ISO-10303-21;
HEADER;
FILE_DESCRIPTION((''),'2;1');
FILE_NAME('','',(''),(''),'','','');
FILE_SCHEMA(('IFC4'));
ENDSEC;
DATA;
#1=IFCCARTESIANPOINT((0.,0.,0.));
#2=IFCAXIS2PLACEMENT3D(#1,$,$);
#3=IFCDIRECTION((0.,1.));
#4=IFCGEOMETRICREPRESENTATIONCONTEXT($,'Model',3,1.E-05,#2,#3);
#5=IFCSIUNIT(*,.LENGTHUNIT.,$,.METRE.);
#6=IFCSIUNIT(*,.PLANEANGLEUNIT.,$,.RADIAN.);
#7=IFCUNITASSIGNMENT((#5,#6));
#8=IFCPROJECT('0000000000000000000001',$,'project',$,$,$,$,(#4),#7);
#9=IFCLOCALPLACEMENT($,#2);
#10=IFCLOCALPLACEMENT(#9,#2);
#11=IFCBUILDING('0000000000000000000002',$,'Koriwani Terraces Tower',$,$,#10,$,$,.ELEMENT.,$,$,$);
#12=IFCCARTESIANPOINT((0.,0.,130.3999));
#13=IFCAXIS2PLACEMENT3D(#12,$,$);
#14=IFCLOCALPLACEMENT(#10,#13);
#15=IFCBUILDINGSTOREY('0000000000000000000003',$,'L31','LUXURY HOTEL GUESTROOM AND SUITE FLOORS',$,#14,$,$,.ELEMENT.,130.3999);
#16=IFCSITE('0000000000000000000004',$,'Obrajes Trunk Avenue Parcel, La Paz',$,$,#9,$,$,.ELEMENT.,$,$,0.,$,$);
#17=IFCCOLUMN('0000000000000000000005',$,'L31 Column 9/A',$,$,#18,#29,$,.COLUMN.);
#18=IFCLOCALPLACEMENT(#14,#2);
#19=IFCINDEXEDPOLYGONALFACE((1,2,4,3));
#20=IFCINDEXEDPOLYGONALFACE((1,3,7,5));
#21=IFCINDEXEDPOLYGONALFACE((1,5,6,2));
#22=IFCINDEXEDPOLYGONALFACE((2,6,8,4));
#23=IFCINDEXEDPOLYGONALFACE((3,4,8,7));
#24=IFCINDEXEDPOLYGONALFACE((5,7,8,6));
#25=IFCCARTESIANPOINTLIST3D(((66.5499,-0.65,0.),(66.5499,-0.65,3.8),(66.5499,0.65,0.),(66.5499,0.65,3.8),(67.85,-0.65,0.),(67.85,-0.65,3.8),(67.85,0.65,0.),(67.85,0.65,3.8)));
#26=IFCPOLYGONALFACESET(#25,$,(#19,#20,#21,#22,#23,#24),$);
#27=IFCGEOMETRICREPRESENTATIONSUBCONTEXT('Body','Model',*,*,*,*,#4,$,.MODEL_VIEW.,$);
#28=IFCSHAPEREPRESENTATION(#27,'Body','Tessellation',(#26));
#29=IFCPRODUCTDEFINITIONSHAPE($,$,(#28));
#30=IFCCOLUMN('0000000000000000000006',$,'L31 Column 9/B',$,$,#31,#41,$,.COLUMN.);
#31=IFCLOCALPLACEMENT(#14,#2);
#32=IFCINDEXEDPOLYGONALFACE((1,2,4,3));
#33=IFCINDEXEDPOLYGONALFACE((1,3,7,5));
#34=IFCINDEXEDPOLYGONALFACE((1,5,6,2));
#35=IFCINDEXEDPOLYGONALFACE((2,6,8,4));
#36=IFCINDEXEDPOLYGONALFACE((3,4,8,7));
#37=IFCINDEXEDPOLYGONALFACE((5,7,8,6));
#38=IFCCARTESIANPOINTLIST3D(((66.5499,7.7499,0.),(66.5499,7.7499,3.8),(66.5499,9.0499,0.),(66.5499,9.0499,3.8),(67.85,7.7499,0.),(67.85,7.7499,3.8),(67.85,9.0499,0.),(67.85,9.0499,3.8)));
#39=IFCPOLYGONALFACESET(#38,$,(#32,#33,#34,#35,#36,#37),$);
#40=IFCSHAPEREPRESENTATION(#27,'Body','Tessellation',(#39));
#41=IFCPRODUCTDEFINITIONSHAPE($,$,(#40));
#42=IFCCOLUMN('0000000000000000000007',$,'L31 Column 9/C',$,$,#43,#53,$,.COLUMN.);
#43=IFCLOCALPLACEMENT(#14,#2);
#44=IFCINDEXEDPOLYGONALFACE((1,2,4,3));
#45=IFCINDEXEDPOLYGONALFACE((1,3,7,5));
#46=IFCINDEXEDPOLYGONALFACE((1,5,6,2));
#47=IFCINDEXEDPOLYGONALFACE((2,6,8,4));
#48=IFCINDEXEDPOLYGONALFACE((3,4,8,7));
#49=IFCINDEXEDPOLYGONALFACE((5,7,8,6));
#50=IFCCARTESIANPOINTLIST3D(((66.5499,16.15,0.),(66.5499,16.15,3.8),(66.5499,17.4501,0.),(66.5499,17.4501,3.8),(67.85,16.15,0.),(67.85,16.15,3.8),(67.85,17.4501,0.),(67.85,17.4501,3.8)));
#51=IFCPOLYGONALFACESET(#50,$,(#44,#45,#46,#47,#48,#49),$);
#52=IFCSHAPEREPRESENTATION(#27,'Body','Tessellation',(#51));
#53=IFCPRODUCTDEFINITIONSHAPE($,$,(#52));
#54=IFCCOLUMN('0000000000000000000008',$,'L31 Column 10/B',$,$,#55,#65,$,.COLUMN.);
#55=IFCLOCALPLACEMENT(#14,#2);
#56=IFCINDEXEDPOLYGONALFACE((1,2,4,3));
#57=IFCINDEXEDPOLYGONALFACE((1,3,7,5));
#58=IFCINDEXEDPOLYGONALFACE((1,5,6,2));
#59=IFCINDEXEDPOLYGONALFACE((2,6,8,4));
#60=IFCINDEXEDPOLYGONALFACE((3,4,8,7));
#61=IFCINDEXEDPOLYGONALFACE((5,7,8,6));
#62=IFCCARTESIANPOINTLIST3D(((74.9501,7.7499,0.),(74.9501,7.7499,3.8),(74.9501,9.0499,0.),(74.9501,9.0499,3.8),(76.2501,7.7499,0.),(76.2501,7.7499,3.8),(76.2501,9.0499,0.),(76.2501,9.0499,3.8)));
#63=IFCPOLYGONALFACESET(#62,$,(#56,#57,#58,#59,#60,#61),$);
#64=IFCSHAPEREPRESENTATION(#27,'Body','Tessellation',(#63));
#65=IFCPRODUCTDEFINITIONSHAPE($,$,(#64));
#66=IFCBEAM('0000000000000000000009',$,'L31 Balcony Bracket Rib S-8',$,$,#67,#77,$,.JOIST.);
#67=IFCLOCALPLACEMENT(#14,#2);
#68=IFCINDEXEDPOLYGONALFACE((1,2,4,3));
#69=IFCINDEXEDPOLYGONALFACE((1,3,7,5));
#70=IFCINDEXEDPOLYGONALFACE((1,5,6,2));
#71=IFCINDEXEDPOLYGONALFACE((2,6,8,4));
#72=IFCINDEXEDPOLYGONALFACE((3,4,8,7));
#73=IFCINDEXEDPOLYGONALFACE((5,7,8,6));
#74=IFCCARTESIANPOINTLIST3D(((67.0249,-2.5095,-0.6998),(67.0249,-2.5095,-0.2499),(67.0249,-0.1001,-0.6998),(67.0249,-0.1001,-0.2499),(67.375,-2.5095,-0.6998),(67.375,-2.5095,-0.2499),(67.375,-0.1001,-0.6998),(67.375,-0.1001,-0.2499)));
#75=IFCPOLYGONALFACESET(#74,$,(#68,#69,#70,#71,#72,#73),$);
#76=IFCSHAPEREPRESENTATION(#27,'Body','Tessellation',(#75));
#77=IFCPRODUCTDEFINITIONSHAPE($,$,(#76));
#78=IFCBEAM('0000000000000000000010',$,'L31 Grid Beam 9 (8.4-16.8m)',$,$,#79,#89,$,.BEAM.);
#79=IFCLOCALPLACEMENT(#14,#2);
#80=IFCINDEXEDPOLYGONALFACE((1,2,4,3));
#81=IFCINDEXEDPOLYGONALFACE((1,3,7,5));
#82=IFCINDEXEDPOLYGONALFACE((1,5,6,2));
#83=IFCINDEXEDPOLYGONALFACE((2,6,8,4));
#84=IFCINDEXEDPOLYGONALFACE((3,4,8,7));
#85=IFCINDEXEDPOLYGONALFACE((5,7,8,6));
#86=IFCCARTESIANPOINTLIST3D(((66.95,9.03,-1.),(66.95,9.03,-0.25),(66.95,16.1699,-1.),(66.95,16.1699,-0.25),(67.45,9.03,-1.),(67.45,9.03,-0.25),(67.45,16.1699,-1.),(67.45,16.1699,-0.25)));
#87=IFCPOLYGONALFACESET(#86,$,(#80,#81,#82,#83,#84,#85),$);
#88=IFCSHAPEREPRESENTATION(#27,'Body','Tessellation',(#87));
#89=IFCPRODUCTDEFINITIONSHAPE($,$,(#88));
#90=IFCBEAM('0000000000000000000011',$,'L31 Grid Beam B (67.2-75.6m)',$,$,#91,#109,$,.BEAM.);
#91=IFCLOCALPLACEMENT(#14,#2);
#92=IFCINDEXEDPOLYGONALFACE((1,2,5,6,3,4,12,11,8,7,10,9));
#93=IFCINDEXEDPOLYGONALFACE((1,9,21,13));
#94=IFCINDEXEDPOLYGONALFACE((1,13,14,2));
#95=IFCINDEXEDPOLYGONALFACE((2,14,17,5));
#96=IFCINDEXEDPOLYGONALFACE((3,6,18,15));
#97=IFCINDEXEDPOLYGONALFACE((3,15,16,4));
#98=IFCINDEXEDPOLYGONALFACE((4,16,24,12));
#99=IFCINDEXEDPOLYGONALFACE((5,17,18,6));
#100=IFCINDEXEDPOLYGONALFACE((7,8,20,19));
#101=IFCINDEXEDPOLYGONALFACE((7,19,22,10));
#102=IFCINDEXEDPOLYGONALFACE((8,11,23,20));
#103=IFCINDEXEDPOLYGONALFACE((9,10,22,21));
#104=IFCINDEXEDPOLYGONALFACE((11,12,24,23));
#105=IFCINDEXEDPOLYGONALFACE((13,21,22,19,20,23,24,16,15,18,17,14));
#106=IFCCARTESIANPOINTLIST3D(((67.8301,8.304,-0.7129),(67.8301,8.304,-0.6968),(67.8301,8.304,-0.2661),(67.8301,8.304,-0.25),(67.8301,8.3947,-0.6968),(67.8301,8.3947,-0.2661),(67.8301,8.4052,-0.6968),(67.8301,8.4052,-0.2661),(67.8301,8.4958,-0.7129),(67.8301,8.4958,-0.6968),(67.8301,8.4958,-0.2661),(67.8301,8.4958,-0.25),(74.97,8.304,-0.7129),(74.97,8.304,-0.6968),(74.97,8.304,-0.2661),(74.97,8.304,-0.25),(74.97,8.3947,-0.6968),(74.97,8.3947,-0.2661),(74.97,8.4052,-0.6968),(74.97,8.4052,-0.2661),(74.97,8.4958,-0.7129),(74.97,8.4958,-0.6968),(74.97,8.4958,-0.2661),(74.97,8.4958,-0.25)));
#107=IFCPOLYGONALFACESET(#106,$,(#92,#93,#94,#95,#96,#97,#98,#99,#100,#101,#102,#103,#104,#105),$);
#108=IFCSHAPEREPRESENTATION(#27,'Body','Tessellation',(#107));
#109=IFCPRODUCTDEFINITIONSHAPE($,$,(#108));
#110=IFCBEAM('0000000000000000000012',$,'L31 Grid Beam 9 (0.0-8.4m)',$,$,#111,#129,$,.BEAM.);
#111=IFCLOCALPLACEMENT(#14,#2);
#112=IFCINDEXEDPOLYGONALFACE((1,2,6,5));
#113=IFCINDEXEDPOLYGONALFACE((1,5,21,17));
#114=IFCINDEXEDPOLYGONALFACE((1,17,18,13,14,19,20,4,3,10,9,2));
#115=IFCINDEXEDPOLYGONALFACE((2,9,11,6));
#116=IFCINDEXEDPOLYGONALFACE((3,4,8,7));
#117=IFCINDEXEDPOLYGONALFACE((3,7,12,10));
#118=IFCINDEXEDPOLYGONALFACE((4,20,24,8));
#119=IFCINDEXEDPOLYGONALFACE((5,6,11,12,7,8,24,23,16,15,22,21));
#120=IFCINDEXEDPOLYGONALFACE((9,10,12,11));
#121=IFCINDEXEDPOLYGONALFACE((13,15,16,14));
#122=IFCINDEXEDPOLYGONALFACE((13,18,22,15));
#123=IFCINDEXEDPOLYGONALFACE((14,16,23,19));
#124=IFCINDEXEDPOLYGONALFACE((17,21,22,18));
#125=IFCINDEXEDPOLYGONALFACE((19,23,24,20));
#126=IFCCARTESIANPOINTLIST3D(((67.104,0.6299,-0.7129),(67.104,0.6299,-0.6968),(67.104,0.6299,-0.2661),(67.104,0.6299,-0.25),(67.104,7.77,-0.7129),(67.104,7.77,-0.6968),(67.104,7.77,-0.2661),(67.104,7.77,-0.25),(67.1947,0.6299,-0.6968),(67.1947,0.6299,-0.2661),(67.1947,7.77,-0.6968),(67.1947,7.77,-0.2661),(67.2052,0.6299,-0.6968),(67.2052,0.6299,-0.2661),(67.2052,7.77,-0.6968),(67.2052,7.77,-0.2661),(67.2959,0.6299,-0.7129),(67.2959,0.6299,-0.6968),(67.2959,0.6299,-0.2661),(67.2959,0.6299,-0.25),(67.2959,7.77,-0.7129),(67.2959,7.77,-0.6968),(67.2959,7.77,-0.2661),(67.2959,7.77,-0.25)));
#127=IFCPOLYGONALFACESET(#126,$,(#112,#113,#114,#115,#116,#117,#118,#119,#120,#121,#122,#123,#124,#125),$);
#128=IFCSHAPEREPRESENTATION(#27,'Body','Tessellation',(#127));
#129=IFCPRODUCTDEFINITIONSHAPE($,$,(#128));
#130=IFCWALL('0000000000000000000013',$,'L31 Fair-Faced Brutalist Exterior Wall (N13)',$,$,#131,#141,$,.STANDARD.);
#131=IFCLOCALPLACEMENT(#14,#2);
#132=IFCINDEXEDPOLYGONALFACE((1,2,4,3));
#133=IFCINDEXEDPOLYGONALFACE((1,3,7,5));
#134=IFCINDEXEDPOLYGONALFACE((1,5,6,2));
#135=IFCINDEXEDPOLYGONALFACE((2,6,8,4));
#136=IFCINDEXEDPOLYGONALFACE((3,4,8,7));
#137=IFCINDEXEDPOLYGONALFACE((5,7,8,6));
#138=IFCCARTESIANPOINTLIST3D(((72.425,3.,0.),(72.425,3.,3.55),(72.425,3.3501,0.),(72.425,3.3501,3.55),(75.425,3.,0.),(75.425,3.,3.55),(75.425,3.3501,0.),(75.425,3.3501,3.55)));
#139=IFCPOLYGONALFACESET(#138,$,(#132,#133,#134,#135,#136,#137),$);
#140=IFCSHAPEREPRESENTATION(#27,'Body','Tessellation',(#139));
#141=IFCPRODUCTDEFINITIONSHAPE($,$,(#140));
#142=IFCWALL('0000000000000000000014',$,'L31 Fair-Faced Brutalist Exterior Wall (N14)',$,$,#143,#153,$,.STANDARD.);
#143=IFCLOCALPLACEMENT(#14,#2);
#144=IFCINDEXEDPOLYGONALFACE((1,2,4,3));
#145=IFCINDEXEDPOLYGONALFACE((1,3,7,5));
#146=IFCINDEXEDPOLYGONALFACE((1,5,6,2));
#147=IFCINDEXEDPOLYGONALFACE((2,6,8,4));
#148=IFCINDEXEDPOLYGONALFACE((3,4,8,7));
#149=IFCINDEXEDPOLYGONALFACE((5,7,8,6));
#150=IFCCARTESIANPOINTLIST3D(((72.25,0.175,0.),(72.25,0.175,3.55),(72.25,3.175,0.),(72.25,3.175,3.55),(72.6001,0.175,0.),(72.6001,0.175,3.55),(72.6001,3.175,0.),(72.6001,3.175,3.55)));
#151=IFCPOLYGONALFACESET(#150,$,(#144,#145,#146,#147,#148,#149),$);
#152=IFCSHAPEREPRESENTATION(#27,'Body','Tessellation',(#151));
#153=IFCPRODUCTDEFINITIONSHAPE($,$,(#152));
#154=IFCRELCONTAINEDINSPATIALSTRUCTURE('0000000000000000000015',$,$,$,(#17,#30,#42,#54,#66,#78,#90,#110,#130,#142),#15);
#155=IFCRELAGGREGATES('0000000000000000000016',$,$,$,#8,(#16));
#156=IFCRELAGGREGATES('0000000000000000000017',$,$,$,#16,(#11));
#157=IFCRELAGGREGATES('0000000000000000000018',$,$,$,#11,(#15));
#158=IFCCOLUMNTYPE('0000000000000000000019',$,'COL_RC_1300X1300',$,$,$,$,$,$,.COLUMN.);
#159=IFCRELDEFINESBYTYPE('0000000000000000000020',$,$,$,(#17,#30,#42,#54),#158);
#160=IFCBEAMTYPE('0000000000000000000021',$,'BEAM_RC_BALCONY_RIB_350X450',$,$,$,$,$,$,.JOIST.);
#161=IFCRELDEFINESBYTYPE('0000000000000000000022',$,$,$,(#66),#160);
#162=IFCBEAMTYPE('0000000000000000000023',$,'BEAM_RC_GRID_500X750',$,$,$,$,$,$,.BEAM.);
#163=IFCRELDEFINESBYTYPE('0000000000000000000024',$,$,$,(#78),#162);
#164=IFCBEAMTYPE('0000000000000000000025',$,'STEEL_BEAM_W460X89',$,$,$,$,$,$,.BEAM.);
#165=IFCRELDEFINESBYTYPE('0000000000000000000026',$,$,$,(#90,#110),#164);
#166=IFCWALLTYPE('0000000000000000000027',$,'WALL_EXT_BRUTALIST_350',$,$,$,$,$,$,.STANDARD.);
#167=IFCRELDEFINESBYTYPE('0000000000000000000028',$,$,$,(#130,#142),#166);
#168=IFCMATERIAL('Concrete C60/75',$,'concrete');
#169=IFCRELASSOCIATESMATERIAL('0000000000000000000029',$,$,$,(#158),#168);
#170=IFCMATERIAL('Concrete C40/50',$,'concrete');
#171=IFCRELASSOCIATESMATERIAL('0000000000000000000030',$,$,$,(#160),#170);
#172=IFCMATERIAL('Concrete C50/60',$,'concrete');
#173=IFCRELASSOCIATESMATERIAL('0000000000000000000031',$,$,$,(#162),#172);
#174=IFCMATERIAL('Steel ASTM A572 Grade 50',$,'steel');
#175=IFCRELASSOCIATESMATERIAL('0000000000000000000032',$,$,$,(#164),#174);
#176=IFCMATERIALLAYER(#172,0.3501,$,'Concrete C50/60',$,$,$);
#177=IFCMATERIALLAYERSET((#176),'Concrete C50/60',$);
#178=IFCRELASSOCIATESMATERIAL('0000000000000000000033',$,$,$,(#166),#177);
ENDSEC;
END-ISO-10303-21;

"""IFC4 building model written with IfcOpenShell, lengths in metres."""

from ifc_helpers import new_model, si_unit, direction, frame, frame_2d, origin, origin_2d, place, context, subcontext, project, spatial, rectangle, i_section, extrude, material, layer, layer_set, material_profile, profile_set, type_object, element, save


model = new_model("IFC4")

# Units and contexts
model_context = context("Model", 3, precision=1e-05, world=origin(), true_north=direction((0.0, 1.0)))
body_context = subcontext(model_context, "Body", "Model", "MODEL_VIEW")
ifc_project = project(units=[si_unit("LENGTHUNIT", "METRE"), si_unit("PLANEANGLEUNIT", "RADIAN")], contexts=[model_context])

# Site, building, storey
site_placement = place(None, origin())
site = spatial("IfcSite", under=ifc_project, at=site_placement, Name="Obrajes Trunk Avenue Parcel, La Paz", CompositionType="ELEMENT", RefElevation=0.0)
building_placement = place(site_placement, origin())
building = spatial("IfcBuilding", under=site, at=building_placement, Name="Koriwani Terraces Tower", CompositionType="ELEMENT")
storey_placement = place(building_placement, frame((0.0, 0.0, 130.3999)))
storey = spatial("IfcBuildingStorey", under=building, at=storey_placement, Name="L31", Description="LUXURY HOTEL GUESTROOM AND SUITE FLOORS", CompositionType="ELEMENT", Elevation=130.3999)

# Columns
ifc_material_1 = material(Name="Concrete C60/75", Category="concrete")
ifc_material_profile_1 = material_profile(ifc_material_1, rectangle(XDim=1.3, YDim=1.3, at=origin_2d()), Name="Concrete C60/75", Category="LoadBearing")
ifc_profile_set_1 = profile_set([ifc_material_profile_1], Name="Concrete C60/75")
column_type = type_object("IfcColumnType", Name="COL_RC_1300X1300", PredefinedType="COLUMN", material=ifc_profile_set_1)
for number, where, z_axis, x_axis, name in (
    (1, (67.2, 0.0, 0.0), (0.0, 0.0, 1.0), (1.0, 0.0, 0.0), "L31 Column 9/A"),
    (2, (67.2, 8.3999, 0.0), (0.0, 0.0, 1.0), (1.0, 0.0, 0.0), "L31 Column 9/B"),
    (3, (67.2, 16.8, 0.0), (0.0, 0.0, 1.0), (1.0, 0.0, 0.0), "L31 Column 9/C"),
    (4, (75.6001, 8.3999, 0.0), (0.0, 0.0, 1.0), (1.0, 0.0, 0.0), "L31 Column 10/B"),
):
    element("IfcColumn", number, at=place(storey_placement, frame(where, z_axis=z_axis, x_axis=x_axis)), inside=storey, type_object=column_type, Name=name, PredefinedType="COLUMN", context=body_context, shape_type="SweptSolid", body=[
        extrude(rectangle(XDim=1.3, YDim=1.3, at=origin_2d()), origin(), (0.0, 0.0, 1.0), 3.8),
    ])

# Beams
ifc_material_2 = material(Name="Concrete C40/50", Category="concrete")
ifc_material_profile_2 = material_profile(ifc_material_2, rectangle(XDim=0.3501, YDim=0.45, at=origin_2d()), Name="Concrete C40/50", Category="LoadBearing")
ifc_profile_set_2 = profile_set([ifc_material_profile_2], Name="Concrete C40/50")
beam_type_1 = type_object("IfcBeamType", Name="BEAM_RC_BALCONY_RIB_350X450", PredefinedType="JOIST", material=ifc_profile_set_2)
beam_1_placement = place(storey_placement, frame((67.2, -2.5095, -0.4749), z_axis=(0.0, 1.0, 0.0), x_axis=(-1.0, 0.0, 0.0)))
element("IfcBeam", 5, at=beam_1_placement, inside=storey, type_object=beam_type_1, Name="L31 Balcony Bracket Rib S-8", PredefinedType="JOIST", context=body_context, shape_type="SweptSolid", body=[
    extrude(rectangle(XDim=0.3501, YDim=0.45, at=origin_2d()), origin(), (0.0, 0.0, 1.0), 2.4094),
])
ifc_material_3 = material(Name="Concrete C50/60", Category="concrete")
ifc_material_profile_3 = material_profile(ifc_material_3, rectangle(XDim=0.5, YDim=0.75, at=origin_2d()), Name="Concrete C50/60", Category="LoadBearing")
ifc_profile_set_3 = profile_set([ifc_material_profile_3], Name="Concrete C50/60")
beam_type_2 = type_object("IfcBeamType", Name="BEAM_RC_GRID_500X750", PredefinedType="BEAM", material=ifc_profile_set_3)
beam_2_placement = place(storey_placement, frame((67.2, 9.03, -0.625), z_axis=(0.0, 1.0, 0.0), x_axis=(-1.0, 0.0, 0.0)))
element("IfcBeam", 6, at=beam_2_placement, inside=storey, type_object=beam_type_2, Name="L31 Grid Beam 9 (8.4-16.8m)", PredefinedType="BEAM", context=body_context, shape_type="SweptSolid", body=[
    extrude(rectangle(XDim=0.5, YDim=0.75, at=origin_2d()), origin(), (0.0, 0.0, 1.0), 7.1399),
])
ifc_material_4 = material(Name="Steel ASTM A572 Grade 50", Category="steel")
ifc_material_profile_4 = material_profile(ifc_material_4, i_section(OverallWidth=0.1919, OverallDepth=0.4629, WebThickness=0.0105, FlangeThickness=0.0161, at=origin_2d()), Name="Steel ASTM A572 Grade 50", Category="LoadBearing")
ifc_profile_set_4 = profile_set([ifc_material_profile_4], Name="Steel ASTM A572 Grade 50")
beam_type_3 = type_object("IfcBeamType", Name="STEEL_BEAM_W460X89", PredefinedType="BEAM", material=ifc_profile_set_4)
beam_3_placement = place(storey_placement, frame((67.8301, 8.3999, -0.4814), z_axis=(1.0, 0.0, 0.0), x_axis=(0.0, 1.0, 0.0)))
element("IfcBeam", 7, at=beam_3_placement, inside=storey, type_object=beam_type_3, Name="L31 Grid Beam B (67.2-75.6m)", PredefinedType="BEAM", context=body_context, shape_type="SweptSolid", body=[
    extrude(i_section(OverallWidth=0.1919, OverallDepth=0.4629, WebThickness=0.0105, FlangeThickness=0.0161, at=origin_2d()), origin(), (0.0, 0.0, 1.0), 7.1399),
])
beam_4_placement = place(storey_placement, frame((67.2, 0.6299, -0.4814), z_axis=(0.0, 1.0, 0.0), x_axis=(-1.0, 0.0, 0.0)))
element("IfcBeam", 8, at=beam_4_placement, inside=storey, type_object=beam_type_3, Name="L31 Grid Beam 9 (0.0-8.4m)", PredefinedType="BEAM", context=body_context, shape_type="SweptSolid", body=[
    extrude(i_section(OverallWidth=0.1919, OverallDepth=0.4629, WebThickness=0.0105, FlangeThickness=0.0161, at=origin_2d()), origin(), (0.0, 0.0, 1.0), 7.1401),
])

# Walls
ifc_layer_1 = layer(ifc_material_3, 0.3501, Name="Concrete C50/60")
ifc_layer_set_1 = layer_set([ifc_layer_1], Name="Concrete C50/60")
wall_type_1 = type_object("IfcWallType", Name="WALL_EXT_BRUTALIST_350", PredefinedType="STANDARD", material=ifc_layer_set_1)
for number, where, z_axis, x_axis, name in (
    (9, (75.425, 3.175, 0.0), (0.0, 0.0, 1.0), (-1.0, 0.0, 0.0), "L31 Fair-Faced Brutalist Exterior Wall (N13)"),
    (10, (72.425, 3.175, 0.0), (0.0, 0.0, 1.0), (0.0, -1.0, 0.0), "L31 Fair-Faced Brutalist Exterior Wall (N14)"),
):
    element("IfcWall", number, at=place(storey_placement, frame(where, z_axis=z_axis, x_axis=x_axis)), inside=storey, type_object=wall_type_1, Name=name, PredefinedType="STANDARD", context=body_context, shape_type="SweptSolid", body=[
        extrude(rectangle(XDim=3.0, YDim=0.3501, at=frame_2d((1.5, 0.0))), origin(), (0.0, 0.0, 1.0), 3.55),
    ])

save(model, "model.ifc")
